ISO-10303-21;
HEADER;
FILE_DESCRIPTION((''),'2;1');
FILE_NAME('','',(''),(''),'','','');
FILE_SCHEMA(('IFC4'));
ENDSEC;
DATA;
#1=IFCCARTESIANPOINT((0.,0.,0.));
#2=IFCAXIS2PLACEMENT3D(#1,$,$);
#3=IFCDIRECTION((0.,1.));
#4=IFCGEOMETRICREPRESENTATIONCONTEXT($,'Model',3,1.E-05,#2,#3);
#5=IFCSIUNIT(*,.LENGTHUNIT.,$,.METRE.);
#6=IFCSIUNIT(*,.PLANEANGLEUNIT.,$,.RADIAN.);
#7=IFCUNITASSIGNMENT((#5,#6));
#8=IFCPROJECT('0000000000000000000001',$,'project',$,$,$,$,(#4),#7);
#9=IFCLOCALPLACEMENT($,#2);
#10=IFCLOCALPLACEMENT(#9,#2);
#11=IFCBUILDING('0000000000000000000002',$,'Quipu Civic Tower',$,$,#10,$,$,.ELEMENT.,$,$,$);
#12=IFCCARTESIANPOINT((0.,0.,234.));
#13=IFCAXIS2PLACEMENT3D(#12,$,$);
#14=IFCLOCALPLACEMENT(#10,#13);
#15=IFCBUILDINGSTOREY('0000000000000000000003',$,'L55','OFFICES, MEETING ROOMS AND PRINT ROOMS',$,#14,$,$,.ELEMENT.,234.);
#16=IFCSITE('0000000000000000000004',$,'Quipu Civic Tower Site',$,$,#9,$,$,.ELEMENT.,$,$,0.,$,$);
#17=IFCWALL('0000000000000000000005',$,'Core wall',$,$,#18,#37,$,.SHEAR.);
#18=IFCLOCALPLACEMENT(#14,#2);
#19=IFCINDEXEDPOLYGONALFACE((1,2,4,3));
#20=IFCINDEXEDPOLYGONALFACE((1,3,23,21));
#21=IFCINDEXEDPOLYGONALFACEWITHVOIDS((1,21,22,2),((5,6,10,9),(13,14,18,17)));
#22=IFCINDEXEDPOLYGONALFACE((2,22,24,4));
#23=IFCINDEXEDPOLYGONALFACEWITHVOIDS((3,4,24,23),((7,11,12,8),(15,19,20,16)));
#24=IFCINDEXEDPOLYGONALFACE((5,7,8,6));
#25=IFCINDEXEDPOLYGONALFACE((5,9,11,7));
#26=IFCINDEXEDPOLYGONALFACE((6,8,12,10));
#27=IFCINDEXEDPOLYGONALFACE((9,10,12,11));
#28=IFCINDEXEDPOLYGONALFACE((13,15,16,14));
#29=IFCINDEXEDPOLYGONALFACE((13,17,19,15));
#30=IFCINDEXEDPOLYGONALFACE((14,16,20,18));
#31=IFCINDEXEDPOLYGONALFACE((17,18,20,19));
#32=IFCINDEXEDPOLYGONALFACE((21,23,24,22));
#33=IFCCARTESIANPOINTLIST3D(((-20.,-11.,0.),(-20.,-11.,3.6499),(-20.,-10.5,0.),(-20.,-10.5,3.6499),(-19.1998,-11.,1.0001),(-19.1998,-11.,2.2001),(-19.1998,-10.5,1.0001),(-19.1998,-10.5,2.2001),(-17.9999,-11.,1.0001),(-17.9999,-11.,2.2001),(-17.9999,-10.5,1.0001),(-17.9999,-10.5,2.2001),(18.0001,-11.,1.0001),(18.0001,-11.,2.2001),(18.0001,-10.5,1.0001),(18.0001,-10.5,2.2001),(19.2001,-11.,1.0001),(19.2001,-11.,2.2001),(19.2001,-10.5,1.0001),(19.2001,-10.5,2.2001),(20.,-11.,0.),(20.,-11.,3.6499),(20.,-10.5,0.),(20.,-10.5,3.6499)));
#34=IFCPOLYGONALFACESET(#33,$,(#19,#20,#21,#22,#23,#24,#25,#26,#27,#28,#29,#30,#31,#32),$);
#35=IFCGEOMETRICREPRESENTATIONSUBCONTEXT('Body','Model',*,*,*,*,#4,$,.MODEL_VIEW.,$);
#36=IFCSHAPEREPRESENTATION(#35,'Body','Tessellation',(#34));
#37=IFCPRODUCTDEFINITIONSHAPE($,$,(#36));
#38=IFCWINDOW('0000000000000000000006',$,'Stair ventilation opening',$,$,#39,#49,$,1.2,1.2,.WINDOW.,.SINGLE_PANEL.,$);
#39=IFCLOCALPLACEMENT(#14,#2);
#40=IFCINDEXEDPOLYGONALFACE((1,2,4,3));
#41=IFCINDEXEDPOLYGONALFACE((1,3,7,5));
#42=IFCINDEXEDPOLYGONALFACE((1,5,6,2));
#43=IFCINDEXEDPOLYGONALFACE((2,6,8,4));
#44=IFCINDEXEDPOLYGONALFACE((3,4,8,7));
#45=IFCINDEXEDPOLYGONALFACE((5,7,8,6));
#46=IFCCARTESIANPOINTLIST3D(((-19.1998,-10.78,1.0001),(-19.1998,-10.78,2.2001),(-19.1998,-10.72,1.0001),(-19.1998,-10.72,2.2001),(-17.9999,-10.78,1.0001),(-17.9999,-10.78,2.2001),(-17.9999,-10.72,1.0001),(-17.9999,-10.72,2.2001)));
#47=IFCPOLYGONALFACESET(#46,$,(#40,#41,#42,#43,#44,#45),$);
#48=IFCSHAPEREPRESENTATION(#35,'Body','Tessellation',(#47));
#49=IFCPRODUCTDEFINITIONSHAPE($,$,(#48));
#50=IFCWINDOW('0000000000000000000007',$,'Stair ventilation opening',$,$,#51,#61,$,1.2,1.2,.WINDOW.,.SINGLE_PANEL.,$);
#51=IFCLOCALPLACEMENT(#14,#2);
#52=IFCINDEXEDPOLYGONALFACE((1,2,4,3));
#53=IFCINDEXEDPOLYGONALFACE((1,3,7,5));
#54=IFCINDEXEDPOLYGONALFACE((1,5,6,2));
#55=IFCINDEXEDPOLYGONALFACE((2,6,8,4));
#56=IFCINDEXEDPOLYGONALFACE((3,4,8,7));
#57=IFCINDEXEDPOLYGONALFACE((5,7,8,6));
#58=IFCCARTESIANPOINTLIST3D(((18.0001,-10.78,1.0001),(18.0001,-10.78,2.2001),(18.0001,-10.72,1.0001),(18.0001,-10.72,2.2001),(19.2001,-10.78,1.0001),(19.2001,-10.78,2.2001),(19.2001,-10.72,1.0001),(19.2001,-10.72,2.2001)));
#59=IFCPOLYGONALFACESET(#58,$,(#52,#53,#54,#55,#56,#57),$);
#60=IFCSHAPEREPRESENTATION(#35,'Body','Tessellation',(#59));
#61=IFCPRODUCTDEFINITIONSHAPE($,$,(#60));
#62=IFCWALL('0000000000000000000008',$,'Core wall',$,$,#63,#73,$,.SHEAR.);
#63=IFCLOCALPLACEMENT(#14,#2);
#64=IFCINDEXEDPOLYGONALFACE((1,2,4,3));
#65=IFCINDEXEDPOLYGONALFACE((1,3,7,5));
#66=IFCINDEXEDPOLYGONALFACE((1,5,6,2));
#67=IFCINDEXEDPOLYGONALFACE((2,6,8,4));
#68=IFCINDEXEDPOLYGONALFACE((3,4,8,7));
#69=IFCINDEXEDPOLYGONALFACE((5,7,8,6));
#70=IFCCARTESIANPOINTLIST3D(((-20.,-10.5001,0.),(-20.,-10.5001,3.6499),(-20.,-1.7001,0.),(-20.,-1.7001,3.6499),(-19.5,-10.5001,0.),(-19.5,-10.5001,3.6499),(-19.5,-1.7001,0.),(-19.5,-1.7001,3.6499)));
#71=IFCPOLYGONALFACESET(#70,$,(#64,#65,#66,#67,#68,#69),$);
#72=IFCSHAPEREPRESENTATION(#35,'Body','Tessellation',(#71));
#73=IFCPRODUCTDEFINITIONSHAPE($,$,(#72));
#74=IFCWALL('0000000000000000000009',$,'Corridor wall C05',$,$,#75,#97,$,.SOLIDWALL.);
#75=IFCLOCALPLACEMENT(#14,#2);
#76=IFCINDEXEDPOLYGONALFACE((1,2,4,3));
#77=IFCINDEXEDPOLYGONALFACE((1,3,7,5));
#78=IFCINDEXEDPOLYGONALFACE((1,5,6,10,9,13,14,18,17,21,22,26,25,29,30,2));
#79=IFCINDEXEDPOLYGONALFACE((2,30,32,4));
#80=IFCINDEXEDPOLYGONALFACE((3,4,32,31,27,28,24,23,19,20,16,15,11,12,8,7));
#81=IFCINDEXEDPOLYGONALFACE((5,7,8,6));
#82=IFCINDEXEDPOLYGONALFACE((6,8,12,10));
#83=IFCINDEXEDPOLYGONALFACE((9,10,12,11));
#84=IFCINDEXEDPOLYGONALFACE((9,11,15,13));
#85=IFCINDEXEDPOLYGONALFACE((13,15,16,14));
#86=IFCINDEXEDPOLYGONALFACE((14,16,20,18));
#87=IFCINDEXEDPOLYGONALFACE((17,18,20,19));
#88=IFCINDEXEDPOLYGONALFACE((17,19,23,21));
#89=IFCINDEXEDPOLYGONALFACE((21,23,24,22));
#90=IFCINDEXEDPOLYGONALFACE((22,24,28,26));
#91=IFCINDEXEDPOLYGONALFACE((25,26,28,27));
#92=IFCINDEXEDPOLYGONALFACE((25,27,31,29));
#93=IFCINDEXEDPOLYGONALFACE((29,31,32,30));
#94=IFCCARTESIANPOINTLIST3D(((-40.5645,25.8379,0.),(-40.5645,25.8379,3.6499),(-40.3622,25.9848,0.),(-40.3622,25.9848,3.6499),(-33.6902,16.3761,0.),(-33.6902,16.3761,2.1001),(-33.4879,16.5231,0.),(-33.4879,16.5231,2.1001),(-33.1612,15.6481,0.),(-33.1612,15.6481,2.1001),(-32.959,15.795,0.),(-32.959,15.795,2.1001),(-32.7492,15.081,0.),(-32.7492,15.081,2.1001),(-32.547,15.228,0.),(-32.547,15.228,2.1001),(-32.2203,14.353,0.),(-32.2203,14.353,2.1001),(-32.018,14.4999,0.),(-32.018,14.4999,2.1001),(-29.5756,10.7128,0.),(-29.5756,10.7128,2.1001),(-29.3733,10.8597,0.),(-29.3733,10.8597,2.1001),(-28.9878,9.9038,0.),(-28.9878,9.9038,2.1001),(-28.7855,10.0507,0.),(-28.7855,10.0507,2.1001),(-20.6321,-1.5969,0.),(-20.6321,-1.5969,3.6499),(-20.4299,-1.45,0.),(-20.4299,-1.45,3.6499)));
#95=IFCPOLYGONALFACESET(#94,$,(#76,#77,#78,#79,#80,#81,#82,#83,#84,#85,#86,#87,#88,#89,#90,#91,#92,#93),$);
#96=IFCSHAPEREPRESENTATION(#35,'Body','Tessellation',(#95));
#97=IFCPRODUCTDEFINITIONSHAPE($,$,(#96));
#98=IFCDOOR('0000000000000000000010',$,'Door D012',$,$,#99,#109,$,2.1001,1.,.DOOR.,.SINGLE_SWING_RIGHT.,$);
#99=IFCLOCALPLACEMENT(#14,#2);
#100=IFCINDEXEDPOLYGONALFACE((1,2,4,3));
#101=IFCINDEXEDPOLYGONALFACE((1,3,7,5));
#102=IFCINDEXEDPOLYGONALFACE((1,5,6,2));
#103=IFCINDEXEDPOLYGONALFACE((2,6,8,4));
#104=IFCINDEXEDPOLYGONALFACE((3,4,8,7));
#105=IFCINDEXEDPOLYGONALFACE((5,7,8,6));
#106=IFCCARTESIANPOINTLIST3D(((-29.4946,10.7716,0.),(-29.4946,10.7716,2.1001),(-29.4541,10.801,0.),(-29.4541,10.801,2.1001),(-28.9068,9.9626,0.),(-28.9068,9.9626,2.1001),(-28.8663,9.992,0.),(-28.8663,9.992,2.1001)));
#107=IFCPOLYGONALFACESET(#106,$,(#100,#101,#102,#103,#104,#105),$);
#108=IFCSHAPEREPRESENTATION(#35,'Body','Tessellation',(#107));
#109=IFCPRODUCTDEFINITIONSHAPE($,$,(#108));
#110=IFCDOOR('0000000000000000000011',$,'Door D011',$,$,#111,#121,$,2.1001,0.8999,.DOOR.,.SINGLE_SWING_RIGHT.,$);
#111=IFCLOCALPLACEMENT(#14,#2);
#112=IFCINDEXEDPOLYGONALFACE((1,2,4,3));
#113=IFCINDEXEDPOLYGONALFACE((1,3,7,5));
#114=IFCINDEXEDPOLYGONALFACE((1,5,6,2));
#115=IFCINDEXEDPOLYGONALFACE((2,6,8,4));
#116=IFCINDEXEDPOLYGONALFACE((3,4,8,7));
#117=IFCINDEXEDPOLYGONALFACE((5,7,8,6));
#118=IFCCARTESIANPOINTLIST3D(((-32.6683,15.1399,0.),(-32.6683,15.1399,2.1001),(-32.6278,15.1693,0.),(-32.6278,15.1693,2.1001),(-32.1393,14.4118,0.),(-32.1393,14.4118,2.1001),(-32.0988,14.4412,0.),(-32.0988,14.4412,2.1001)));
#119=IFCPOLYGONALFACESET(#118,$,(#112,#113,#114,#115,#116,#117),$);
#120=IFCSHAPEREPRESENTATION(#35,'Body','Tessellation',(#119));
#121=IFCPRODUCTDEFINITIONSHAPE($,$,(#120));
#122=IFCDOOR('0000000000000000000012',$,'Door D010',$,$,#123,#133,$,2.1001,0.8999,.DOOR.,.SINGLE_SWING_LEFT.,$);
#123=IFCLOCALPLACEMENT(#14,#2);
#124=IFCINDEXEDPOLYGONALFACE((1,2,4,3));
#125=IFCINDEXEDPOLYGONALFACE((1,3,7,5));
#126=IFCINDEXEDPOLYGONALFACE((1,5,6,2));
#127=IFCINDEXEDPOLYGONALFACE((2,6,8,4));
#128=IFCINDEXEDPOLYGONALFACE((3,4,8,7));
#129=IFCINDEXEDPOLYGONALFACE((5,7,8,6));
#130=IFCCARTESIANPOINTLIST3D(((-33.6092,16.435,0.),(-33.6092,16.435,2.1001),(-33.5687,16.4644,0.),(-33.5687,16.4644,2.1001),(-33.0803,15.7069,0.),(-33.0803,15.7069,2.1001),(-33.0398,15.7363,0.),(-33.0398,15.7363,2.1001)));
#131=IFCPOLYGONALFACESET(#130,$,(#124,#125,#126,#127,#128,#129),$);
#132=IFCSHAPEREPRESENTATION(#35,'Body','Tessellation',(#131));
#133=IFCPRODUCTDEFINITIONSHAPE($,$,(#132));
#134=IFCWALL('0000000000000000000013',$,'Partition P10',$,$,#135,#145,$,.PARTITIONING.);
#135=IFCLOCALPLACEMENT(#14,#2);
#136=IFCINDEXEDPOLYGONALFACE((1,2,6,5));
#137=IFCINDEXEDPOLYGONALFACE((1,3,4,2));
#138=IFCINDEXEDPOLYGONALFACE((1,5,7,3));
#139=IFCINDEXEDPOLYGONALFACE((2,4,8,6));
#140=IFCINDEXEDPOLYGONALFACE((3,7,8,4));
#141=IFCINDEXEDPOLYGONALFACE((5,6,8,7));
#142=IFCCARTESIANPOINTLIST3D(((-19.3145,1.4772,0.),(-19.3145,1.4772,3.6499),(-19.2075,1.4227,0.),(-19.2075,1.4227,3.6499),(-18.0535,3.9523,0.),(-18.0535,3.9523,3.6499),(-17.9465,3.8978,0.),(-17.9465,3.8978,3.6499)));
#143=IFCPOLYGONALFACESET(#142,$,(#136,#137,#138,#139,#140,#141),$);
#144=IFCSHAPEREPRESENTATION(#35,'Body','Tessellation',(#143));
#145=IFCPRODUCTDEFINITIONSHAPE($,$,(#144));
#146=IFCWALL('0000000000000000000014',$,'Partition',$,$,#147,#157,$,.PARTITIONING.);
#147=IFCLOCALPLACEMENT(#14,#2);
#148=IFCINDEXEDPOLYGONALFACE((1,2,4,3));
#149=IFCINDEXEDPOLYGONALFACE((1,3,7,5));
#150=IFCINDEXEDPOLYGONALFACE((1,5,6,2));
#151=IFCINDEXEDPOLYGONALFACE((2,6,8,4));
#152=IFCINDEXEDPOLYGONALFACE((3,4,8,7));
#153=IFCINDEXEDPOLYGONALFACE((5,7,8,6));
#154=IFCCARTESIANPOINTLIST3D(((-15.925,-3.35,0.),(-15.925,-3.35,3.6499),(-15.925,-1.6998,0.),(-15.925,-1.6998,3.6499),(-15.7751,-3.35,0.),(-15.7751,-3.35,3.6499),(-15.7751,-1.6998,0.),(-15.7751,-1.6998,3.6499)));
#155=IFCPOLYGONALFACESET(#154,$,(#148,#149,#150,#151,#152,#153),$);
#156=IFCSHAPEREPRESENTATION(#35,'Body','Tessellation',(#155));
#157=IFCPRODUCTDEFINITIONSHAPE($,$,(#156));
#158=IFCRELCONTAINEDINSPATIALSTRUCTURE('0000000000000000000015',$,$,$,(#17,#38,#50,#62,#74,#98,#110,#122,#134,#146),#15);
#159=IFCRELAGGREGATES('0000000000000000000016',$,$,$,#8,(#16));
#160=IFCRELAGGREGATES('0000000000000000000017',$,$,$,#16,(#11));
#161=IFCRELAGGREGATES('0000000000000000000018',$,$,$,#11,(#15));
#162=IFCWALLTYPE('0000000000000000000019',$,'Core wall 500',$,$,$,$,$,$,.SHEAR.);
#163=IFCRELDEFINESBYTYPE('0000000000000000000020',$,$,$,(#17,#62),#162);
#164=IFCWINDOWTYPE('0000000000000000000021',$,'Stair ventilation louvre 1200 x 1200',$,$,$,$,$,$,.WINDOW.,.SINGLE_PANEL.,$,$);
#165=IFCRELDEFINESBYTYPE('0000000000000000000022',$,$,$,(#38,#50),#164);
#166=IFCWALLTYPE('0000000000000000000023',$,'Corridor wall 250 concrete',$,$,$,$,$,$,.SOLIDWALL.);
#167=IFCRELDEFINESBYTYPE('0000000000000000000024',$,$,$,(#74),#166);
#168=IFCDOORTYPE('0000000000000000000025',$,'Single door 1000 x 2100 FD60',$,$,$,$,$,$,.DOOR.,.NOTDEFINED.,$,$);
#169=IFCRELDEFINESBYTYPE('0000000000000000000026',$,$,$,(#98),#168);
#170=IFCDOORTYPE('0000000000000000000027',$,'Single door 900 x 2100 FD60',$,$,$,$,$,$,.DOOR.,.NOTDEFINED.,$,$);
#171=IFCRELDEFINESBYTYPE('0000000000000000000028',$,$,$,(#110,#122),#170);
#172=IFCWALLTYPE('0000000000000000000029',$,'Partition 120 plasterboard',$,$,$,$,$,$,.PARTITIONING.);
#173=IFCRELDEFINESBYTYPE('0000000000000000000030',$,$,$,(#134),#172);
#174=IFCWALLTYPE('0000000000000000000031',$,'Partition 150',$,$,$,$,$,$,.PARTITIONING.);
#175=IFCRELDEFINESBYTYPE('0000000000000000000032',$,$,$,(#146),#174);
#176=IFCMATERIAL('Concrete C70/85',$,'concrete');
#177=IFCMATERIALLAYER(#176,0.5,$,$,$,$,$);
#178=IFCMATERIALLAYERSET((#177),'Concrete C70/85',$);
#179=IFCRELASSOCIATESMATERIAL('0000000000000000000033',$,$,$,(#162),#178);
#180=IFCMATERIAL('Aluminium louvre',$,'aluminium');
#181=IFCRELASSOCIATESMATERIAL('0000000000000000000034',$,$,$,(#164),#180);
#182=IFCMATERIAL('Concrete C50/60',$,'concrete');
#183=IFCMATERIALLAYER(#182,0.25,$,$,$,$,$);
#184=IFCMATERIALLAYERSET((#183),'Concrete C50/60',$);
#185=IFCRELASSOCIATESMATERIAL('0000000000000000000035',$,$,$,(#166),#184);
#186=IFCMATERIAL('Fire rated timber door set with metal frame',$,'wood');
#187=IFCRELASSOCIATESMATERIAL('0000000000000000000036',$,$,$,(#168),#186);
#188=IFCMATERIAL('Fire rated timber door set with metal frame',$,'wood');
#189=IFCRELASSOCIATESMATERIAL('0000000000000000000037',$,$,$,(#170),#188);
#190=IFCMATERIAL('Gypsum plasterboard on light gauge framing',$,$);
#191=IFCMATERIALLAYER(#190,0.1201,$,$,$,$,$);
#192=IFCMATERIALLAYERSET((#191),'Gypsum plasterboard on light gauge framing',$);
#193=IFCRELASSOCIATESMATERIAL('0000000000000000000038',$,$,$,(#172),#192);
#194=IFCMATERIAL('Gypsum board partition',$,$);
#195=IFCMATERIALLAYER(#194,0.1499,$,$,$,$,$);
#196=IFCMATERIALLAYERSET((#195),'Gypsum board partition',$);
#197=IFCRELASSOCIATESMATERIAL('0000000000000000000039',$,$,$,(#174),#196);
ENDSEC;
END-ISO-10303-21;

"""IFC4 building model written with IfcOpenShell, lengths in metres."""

from ifc_helpers import new_model, si_unit, direction, frame, frame_2d, origin, place, context, subcontext, project, spatial, rectangle, extrude, material, layer, layer_set, type_object, element, fill, save


model = new_model("IFC4")

# Units and contexts
model_context = context("Model", 3, precision=1e-05, world=origin(), true_north=direction((0.0, 1.0)))
body_context = subcontext(model_context, "Body", "Model", "MODEL_VIEW")
ifc_project = project(units=[si_unit("LENGTHUNIT", "METRE"), si_unit("PLANEANGLEUNIT", "RADIAN")], contexts=[model_context])

# Site, building, storey
site_placement = place(None, origin())
site = spatial("IfcSite", under=ifc_project, at=site_placement, Name="Quipu Civic Tower Site", CompositionType="ELEMENT", RefElevation=0.0)
building_placement = place(site_placement, origin())
building = spatial("IfcBuilding", under=site, at=building_placement, Name="Quipu Civic Tower", CompositionType="ELEMENT")
storey_placement = place(building_placement, frame((0.0, 0.0, 234.0)))
storey = spatial("IfcBuildingStorey", under=building, at=storey_placement, Name="L55", Description="OFFICES, MEETING ROOMS AND PRINT ROOMS", CompositionType="ELEMENT", Elevation=234.0)

# Wall, openings, windows
ifc_material_1 = material(Name="Concrete C70/85", Category="concrete")
ifc_layer_1 = layer(ifc_material_1, 0.5)
ifc_layer_set_1 = layer_set([ifc_layer_1], Name="Concrete C70/85")
wall_type_1 = type_object("IfcWallType", Name="Core wall 500", PredefinedType="SHEAR", material=ifc_layer_set_1)
wall_1_placement = place(storey_placement, frame((-20.0, -10.75, 0.0), z_axis=(0.0, 0.0, 1.0), x_axis=(1.0, 0.0, 0.0)))
wall_1 = element("IfcWall", 1, at=wall_1_placement, inside=storey, type_object=wall_type_1, Name="Core wall", PredefinedType="SHEAR", context=body_context, shape_type="SweptSolid", body=[
    extrude(rectangle(XDim=40.0, YDim=0.5, at=frame_2d((20.0, 0.0))), origin(), (0.0, 0.0, 1.0), 3.6499),
])
opening_1_placement = place(wall_1_placement, frame((0.8, 0.0, 1.0)))
opening_1 = element("IfcOpeningElement", 2, at=opening_1_placement, cuts=wall_1, PredefinedType="OPENING", context=body_context, shape_type="SweptSolid", body=[
    extrude(rectangle(XDim=1.2, YDim=1.2, at=frame_2d((0.6001, 0.6001))), frame((0.0, 0.26, 0.0), z_axis=(0.0, -1.0, 0.0), x_axis=(1.0, 0.0, 0.0)), (0.0, 0.0, 1.0), 0.52),
])
opening_2_placement = place(wall_1_placement, frame((38.0, 0.0, 1.0)))
opening_2 = element("IfcOpeningElement", 3, at=opening_2_placement, cuts=wall_1, PredefinedType="OPENING", context=body_context, shape_type="SweptSolid", body=[
    extrude(rectangle(XDim=1.2, YDim=1.2, at=frame_2d((0.6001, 0.6001))), frame((0.0, 0.26, 0.0), z_axis=(0.0, -1.0, 0.0), x_axis=(1.0, 0.0, 0.0)), (0.0, 0.0, 1.0), 0.52),
])
ifc_material_2 = material(Name="Aluminium louvre", Category="aluminium")
window_type = type_object("IfcWindowType", Name="Stair ventilation louvre 1200 x 1200", PartitioningType="SINGLE_PANEL", PredefinedType="WINDOW", material=ifc_material_2)
window_1_placement = place(opening_1_placement, origin())
window_1 = element("IfcWindow", 4, at=window_1_placement, inside=storey, type_object=window_type, Name="Stair ventilation opening", OverallHeight=1.2, OverallWidth=1.2, PartitioningType="SINGLE_PANEL", PredefinedType="WINDOW", context=body_context, shape_type="SweptSolid", body=[
    extrude(rectangle(XDim=1.2, YDim=1.2, at=frame_2d((0.6001, 0.6001))), frame((0.0, 0.03, 0.0), z_axis=(0.0, -1.0, 0.0), x_axis=(1.0, 0.0, 0.0)), (0.0, 0.0, 1.0), 0.0601),
])
fill(opening_1, window_1)
window_2_placement = place(opening_2_placement, origin())
window_2 = element("IfcWindow", 5, at=window_2_placement, inside=storey, type_object=window_type, Name="Stair ventilation opening", OverallHeight=1.2, OverallWidth=1.2, PartitioningType="SINGLE_PANEL", PredefinedType="WINDOW", context=body_context, shape_type="SweptSolid", body=[
    extrude(rectangle(XDim=1.2, YDim=1.2, at=frame_2d((0.6001, 0.6001))), frame((0.0, 0.03, 0.0), z_axis=(0.0, -1.0, 0.0), x_axis=(1.0, 0.0, 0.0)), (0.0, 0.0, 1.0), 0.0601),
])
fill(opening_2, window_2)

# Wall
wall_2_placement = place(storey_placement, frame((-19.75, -10.5, 0.0), z_axis=(0.0, 0.0, 1.0), x_axis=(0.0, 1.0, 0.0)))
element("IfcWall", 6, at=wall_2_placement, inside=storey, type_object=wall_type_1, Name="Core wall", PredefinedType="SHEAR", context=body_context, shape_type="SweptSolid", body=[
    extrude(rectangle(XDim=8.8, YDim=0.5, at=frame_2d((4.3999, 0.0))), origin(), (0.0, 0.0, 1.0), 3.6499),
])

# Wall, openings, doors
ifc_material_3 = material(Name="Concrete C50/60", Category="concrete")
ifc_layer_2 = layer(ifc_material_3, 0.25)
ifc_layer_set_2 = layer_set([ifc_layer_2], Name="Concrete C50/60")
wall_type_2 = type_object("IfcWallType", Name="Corridor wall 250 concrete", PredefinedType="SOLIDWALL", material=ifc_layer_set_2)
wall_3_placement = place(storey_placement, frame((-20.531, -1.5234, 0.0), z_axis=(0.0, 0.0, 1.0), x_axis=(-0.587782, 0.80902, 0.0)))
wall_3 = element("IfcWall", 7, at=wall_3_placement, inside=storey, type_object=wall_type_2, Name="Corridor wall C05", PredefinedType="SOLIDWALL", context=body_context, shape_type="SweptSolid", body=[
    extrude(rectangle(XDim=33.9111, YDim=0.25, at=frame_2d((16.9556, 0.0))), origin(), (0.0, 0.0, 1.0), 3.6499),
])
opening_3_placement = place(wall_3_placement, frame((14.2156, 0.0, 0.0)))
opening_3 = element("IfcOpeningElement", 8, at=opening_3_placement, cuts=wall_3, PredefinedType="OPENING", context=body_context, shape_type="SweptSolid", body=[
    extrude(rectangle(XDim=1.0, YDim=2.1001, at=frame_2d((0.5, 1.05))), frame((0.0, 0.135, 0.0), z_axis=(0.0, -1.0, 0.0), x_axis=(1.0, 0.0, 0.0)), (0.0, 0.0, 1.0), 0.27),
])
opening_4_placement = place(wall_3_placement, frame((19.7151, 0.0, 0.0)))
opening_4 = element("IfcOpeningElement", 9, at=opening_4_placement, cuts=wall_3, PredefinedType="OPENING", context=body_context, shape_type="SweptSolid", body=[
    extrude(rectangle(XDim=0.8999, YDim=2.1001, at=frame_2d((0.45, 1.05))), frame((0.0, 0.135, 0.0), z_axis=(0.0, -1.0, 0.0), x_axis=(1.0, 0.0, 0.0)), (0.0, 0.0, 1.0), 0.27),
])
opening_5_placement = place(wall_3_placement, frame((21.3159, 0.0, 0.0)))
opening_5 = element("IfcOpeningElement", 10, at=opening_5_placement, cuts=wall_3, PredefinedType="OPENING", context=body_context, shape_type="SweptSolid", body=[
    extrude(rectangle(XDim=0.8999, YDim=2.1001, at=frame_2d((0.45, 1.05))), frame((0.0, 0.135, 0.0), z_axis=(0.0, -1.0, 0.0), x_axis=(1.0, 0.0, 0.0)), (0.0, 0.0, 1.0), 0.27),
])
ifc_material_4 = material(Name="Fire rated timber door set with metal frame", Category="wood")
door_type_1 = type_object("IfcDoorType", Name="Single door 1000 x 2100 FD60", OperationType="NOTDEFINED", PredefinedType="DOOR", material=ifc_material_4)
door_1_placement = place(opening_3_placement, origin())
door_1 = element("IfcDoor", 11, at=door_1_placement, inside=storey, type_object=door_type_1, Name="Door D012", OperationType="SINGLE_SWING_RIGHT", OverallHeight=2.1001, OverallWidth=1.0, PredefinedType="DOOR", context=body_context, shape_type="SweptSolid", body=[
    extrude(rectangle(XDim=1.0, YDim=2.1001, at=frame_2d((0.5, 1.05))), frame((0.0, 0.0249, 0.0), z_axis=(0.0, -1.0, 0.0), x_axis=(1.0, 0.0, 0.0)), (0.0, 0.0, 1.0), 0.05),
])
fill(opening_3, door_1)
ifc_material_5 = material(Name="Fire rated timber door set with metal frame", Category="wood")
door_type_2 = type_object("IfcDoorType", Name="Single door 900 x 2100 FD60", OperationType="NOTDEFINED", PredefinedType="DOOR", material=ifc_material_5)
door_2_placement = place(opening_4_placement, origin())
door_2 = element("IfcDoor", 12, at=door_2_placement, inside=storey, type_object=door_type_2, Name="Door D011", OperationType="SINGLE_SWING_RIGHT", OverallHeight=2.1001, OverallWidth=0.8999, PredefinedType="DOOR", context=body_context, shape_type="SweptSolid", body=[
    extrude(rectangle(XDim=0.8999, YDim=2.1001, at=frame_2d((0.45, 1.05))), frame((0.0, 0.0249, 0.0), z_axis=(0.0, -1.0, 0.0), x_axis=(1.0, 0.0, 0.0)), (0.0, 0.0, 1.0), 0.05),
])
fill(opening_4, door_2)
door_3_placement = place(opening_5_placement, origin())
door_3 = element("IfcDoor", 13, at=door_3_placement, inside=storey, type_object=door_type_2, Name="Door D010", OperationType="SINGLE_SWING_LEFT", OverallHeight=2.1001, OverallWidth=0.8999, PredefinedType="DOOR", context=body_context, shape_type="SweptSolid", body=[
    extrude(rectangle(XDim=0.8999, YDim=2.1001, at=frame_2d((0.45, 1.05))), frame((0.0, 0.0249, 0.0), z_axis=(0.0, -1.0, 0.0), x_axis=(1.0, 0.0, 0.0)), (0.0, 0.0, 1.0), 0.05),
])
fill(opening_5, door_3)

# Walls
ifc_material_6 = material(Name="Gypsum plasterboard on light gauge framing")
ifc_layer_3 = layer(ifc_material_6, 0.1201)
ifc_layer_set_3 = layer_set([ifc_layer_3], Name="Gypsum plasterboard on light gauge framing")
wall_type_3 = type_object("IfcWallType", Name="Partition 120 plasterboard", PredefinedType="PARTITIONING", material=ifc_layer_set_3)
wall_4_placement = place(storey_placement, frame((-19.261, 1.45, 0.0), z_axis=(0.0, 0.0, 1.0), x_axis=(0.453951, 0.891027, 0.0)))
element("IfcWall", 14, at=wall_4_placement, inside=storey, type_object=wall_type_3, Name="Partition P10", PredefinedType="PARTITIONING", context=body_context, shape_type="SweptSolid", body=[
    extrude(rectangle(XDim=2.7778, YDim=0.1201, at=frame_2d((1.3889, 0.0))), origin(), (0.0, 0.0, 1.0), 3.6499),
])
ifc_material_7 = material(Name="Gypsum board partition")
ifc_layer_4 = layer(ifc_material_7, 0.1499)
ifc_layer_set_4 = layer_set([ifc_layer_4], Name="Gypsum board partition")
wall_type_4 = type_object("IfcWallType", Name="Partition 150", PredefinedType="PARTITIONING", material=ifc_layer_set_4)
wall_5_placement = place(storey_placement, frame((-15.8501, -3.3501, 0.0), z_axis=(0.0, 0.0, 1.0), x_axis=(0.0, 1.0, 0.0)))
element("IfcWall", 15, at=wall_5_placement, inside=storey, type_object=wall_type_4, Name="Partition", PredefinedType="PARTITIONING", context=body_context, shape_type="SweptSolid", body=[
    extrude(rectangle(XDim=1.6501, YDim=0.1499, at=frame_2d((0.8252, 0.0))), origin(), (0.0, 0.0, 1.0), 3.6499),
])

save(model, "model.ifc")
